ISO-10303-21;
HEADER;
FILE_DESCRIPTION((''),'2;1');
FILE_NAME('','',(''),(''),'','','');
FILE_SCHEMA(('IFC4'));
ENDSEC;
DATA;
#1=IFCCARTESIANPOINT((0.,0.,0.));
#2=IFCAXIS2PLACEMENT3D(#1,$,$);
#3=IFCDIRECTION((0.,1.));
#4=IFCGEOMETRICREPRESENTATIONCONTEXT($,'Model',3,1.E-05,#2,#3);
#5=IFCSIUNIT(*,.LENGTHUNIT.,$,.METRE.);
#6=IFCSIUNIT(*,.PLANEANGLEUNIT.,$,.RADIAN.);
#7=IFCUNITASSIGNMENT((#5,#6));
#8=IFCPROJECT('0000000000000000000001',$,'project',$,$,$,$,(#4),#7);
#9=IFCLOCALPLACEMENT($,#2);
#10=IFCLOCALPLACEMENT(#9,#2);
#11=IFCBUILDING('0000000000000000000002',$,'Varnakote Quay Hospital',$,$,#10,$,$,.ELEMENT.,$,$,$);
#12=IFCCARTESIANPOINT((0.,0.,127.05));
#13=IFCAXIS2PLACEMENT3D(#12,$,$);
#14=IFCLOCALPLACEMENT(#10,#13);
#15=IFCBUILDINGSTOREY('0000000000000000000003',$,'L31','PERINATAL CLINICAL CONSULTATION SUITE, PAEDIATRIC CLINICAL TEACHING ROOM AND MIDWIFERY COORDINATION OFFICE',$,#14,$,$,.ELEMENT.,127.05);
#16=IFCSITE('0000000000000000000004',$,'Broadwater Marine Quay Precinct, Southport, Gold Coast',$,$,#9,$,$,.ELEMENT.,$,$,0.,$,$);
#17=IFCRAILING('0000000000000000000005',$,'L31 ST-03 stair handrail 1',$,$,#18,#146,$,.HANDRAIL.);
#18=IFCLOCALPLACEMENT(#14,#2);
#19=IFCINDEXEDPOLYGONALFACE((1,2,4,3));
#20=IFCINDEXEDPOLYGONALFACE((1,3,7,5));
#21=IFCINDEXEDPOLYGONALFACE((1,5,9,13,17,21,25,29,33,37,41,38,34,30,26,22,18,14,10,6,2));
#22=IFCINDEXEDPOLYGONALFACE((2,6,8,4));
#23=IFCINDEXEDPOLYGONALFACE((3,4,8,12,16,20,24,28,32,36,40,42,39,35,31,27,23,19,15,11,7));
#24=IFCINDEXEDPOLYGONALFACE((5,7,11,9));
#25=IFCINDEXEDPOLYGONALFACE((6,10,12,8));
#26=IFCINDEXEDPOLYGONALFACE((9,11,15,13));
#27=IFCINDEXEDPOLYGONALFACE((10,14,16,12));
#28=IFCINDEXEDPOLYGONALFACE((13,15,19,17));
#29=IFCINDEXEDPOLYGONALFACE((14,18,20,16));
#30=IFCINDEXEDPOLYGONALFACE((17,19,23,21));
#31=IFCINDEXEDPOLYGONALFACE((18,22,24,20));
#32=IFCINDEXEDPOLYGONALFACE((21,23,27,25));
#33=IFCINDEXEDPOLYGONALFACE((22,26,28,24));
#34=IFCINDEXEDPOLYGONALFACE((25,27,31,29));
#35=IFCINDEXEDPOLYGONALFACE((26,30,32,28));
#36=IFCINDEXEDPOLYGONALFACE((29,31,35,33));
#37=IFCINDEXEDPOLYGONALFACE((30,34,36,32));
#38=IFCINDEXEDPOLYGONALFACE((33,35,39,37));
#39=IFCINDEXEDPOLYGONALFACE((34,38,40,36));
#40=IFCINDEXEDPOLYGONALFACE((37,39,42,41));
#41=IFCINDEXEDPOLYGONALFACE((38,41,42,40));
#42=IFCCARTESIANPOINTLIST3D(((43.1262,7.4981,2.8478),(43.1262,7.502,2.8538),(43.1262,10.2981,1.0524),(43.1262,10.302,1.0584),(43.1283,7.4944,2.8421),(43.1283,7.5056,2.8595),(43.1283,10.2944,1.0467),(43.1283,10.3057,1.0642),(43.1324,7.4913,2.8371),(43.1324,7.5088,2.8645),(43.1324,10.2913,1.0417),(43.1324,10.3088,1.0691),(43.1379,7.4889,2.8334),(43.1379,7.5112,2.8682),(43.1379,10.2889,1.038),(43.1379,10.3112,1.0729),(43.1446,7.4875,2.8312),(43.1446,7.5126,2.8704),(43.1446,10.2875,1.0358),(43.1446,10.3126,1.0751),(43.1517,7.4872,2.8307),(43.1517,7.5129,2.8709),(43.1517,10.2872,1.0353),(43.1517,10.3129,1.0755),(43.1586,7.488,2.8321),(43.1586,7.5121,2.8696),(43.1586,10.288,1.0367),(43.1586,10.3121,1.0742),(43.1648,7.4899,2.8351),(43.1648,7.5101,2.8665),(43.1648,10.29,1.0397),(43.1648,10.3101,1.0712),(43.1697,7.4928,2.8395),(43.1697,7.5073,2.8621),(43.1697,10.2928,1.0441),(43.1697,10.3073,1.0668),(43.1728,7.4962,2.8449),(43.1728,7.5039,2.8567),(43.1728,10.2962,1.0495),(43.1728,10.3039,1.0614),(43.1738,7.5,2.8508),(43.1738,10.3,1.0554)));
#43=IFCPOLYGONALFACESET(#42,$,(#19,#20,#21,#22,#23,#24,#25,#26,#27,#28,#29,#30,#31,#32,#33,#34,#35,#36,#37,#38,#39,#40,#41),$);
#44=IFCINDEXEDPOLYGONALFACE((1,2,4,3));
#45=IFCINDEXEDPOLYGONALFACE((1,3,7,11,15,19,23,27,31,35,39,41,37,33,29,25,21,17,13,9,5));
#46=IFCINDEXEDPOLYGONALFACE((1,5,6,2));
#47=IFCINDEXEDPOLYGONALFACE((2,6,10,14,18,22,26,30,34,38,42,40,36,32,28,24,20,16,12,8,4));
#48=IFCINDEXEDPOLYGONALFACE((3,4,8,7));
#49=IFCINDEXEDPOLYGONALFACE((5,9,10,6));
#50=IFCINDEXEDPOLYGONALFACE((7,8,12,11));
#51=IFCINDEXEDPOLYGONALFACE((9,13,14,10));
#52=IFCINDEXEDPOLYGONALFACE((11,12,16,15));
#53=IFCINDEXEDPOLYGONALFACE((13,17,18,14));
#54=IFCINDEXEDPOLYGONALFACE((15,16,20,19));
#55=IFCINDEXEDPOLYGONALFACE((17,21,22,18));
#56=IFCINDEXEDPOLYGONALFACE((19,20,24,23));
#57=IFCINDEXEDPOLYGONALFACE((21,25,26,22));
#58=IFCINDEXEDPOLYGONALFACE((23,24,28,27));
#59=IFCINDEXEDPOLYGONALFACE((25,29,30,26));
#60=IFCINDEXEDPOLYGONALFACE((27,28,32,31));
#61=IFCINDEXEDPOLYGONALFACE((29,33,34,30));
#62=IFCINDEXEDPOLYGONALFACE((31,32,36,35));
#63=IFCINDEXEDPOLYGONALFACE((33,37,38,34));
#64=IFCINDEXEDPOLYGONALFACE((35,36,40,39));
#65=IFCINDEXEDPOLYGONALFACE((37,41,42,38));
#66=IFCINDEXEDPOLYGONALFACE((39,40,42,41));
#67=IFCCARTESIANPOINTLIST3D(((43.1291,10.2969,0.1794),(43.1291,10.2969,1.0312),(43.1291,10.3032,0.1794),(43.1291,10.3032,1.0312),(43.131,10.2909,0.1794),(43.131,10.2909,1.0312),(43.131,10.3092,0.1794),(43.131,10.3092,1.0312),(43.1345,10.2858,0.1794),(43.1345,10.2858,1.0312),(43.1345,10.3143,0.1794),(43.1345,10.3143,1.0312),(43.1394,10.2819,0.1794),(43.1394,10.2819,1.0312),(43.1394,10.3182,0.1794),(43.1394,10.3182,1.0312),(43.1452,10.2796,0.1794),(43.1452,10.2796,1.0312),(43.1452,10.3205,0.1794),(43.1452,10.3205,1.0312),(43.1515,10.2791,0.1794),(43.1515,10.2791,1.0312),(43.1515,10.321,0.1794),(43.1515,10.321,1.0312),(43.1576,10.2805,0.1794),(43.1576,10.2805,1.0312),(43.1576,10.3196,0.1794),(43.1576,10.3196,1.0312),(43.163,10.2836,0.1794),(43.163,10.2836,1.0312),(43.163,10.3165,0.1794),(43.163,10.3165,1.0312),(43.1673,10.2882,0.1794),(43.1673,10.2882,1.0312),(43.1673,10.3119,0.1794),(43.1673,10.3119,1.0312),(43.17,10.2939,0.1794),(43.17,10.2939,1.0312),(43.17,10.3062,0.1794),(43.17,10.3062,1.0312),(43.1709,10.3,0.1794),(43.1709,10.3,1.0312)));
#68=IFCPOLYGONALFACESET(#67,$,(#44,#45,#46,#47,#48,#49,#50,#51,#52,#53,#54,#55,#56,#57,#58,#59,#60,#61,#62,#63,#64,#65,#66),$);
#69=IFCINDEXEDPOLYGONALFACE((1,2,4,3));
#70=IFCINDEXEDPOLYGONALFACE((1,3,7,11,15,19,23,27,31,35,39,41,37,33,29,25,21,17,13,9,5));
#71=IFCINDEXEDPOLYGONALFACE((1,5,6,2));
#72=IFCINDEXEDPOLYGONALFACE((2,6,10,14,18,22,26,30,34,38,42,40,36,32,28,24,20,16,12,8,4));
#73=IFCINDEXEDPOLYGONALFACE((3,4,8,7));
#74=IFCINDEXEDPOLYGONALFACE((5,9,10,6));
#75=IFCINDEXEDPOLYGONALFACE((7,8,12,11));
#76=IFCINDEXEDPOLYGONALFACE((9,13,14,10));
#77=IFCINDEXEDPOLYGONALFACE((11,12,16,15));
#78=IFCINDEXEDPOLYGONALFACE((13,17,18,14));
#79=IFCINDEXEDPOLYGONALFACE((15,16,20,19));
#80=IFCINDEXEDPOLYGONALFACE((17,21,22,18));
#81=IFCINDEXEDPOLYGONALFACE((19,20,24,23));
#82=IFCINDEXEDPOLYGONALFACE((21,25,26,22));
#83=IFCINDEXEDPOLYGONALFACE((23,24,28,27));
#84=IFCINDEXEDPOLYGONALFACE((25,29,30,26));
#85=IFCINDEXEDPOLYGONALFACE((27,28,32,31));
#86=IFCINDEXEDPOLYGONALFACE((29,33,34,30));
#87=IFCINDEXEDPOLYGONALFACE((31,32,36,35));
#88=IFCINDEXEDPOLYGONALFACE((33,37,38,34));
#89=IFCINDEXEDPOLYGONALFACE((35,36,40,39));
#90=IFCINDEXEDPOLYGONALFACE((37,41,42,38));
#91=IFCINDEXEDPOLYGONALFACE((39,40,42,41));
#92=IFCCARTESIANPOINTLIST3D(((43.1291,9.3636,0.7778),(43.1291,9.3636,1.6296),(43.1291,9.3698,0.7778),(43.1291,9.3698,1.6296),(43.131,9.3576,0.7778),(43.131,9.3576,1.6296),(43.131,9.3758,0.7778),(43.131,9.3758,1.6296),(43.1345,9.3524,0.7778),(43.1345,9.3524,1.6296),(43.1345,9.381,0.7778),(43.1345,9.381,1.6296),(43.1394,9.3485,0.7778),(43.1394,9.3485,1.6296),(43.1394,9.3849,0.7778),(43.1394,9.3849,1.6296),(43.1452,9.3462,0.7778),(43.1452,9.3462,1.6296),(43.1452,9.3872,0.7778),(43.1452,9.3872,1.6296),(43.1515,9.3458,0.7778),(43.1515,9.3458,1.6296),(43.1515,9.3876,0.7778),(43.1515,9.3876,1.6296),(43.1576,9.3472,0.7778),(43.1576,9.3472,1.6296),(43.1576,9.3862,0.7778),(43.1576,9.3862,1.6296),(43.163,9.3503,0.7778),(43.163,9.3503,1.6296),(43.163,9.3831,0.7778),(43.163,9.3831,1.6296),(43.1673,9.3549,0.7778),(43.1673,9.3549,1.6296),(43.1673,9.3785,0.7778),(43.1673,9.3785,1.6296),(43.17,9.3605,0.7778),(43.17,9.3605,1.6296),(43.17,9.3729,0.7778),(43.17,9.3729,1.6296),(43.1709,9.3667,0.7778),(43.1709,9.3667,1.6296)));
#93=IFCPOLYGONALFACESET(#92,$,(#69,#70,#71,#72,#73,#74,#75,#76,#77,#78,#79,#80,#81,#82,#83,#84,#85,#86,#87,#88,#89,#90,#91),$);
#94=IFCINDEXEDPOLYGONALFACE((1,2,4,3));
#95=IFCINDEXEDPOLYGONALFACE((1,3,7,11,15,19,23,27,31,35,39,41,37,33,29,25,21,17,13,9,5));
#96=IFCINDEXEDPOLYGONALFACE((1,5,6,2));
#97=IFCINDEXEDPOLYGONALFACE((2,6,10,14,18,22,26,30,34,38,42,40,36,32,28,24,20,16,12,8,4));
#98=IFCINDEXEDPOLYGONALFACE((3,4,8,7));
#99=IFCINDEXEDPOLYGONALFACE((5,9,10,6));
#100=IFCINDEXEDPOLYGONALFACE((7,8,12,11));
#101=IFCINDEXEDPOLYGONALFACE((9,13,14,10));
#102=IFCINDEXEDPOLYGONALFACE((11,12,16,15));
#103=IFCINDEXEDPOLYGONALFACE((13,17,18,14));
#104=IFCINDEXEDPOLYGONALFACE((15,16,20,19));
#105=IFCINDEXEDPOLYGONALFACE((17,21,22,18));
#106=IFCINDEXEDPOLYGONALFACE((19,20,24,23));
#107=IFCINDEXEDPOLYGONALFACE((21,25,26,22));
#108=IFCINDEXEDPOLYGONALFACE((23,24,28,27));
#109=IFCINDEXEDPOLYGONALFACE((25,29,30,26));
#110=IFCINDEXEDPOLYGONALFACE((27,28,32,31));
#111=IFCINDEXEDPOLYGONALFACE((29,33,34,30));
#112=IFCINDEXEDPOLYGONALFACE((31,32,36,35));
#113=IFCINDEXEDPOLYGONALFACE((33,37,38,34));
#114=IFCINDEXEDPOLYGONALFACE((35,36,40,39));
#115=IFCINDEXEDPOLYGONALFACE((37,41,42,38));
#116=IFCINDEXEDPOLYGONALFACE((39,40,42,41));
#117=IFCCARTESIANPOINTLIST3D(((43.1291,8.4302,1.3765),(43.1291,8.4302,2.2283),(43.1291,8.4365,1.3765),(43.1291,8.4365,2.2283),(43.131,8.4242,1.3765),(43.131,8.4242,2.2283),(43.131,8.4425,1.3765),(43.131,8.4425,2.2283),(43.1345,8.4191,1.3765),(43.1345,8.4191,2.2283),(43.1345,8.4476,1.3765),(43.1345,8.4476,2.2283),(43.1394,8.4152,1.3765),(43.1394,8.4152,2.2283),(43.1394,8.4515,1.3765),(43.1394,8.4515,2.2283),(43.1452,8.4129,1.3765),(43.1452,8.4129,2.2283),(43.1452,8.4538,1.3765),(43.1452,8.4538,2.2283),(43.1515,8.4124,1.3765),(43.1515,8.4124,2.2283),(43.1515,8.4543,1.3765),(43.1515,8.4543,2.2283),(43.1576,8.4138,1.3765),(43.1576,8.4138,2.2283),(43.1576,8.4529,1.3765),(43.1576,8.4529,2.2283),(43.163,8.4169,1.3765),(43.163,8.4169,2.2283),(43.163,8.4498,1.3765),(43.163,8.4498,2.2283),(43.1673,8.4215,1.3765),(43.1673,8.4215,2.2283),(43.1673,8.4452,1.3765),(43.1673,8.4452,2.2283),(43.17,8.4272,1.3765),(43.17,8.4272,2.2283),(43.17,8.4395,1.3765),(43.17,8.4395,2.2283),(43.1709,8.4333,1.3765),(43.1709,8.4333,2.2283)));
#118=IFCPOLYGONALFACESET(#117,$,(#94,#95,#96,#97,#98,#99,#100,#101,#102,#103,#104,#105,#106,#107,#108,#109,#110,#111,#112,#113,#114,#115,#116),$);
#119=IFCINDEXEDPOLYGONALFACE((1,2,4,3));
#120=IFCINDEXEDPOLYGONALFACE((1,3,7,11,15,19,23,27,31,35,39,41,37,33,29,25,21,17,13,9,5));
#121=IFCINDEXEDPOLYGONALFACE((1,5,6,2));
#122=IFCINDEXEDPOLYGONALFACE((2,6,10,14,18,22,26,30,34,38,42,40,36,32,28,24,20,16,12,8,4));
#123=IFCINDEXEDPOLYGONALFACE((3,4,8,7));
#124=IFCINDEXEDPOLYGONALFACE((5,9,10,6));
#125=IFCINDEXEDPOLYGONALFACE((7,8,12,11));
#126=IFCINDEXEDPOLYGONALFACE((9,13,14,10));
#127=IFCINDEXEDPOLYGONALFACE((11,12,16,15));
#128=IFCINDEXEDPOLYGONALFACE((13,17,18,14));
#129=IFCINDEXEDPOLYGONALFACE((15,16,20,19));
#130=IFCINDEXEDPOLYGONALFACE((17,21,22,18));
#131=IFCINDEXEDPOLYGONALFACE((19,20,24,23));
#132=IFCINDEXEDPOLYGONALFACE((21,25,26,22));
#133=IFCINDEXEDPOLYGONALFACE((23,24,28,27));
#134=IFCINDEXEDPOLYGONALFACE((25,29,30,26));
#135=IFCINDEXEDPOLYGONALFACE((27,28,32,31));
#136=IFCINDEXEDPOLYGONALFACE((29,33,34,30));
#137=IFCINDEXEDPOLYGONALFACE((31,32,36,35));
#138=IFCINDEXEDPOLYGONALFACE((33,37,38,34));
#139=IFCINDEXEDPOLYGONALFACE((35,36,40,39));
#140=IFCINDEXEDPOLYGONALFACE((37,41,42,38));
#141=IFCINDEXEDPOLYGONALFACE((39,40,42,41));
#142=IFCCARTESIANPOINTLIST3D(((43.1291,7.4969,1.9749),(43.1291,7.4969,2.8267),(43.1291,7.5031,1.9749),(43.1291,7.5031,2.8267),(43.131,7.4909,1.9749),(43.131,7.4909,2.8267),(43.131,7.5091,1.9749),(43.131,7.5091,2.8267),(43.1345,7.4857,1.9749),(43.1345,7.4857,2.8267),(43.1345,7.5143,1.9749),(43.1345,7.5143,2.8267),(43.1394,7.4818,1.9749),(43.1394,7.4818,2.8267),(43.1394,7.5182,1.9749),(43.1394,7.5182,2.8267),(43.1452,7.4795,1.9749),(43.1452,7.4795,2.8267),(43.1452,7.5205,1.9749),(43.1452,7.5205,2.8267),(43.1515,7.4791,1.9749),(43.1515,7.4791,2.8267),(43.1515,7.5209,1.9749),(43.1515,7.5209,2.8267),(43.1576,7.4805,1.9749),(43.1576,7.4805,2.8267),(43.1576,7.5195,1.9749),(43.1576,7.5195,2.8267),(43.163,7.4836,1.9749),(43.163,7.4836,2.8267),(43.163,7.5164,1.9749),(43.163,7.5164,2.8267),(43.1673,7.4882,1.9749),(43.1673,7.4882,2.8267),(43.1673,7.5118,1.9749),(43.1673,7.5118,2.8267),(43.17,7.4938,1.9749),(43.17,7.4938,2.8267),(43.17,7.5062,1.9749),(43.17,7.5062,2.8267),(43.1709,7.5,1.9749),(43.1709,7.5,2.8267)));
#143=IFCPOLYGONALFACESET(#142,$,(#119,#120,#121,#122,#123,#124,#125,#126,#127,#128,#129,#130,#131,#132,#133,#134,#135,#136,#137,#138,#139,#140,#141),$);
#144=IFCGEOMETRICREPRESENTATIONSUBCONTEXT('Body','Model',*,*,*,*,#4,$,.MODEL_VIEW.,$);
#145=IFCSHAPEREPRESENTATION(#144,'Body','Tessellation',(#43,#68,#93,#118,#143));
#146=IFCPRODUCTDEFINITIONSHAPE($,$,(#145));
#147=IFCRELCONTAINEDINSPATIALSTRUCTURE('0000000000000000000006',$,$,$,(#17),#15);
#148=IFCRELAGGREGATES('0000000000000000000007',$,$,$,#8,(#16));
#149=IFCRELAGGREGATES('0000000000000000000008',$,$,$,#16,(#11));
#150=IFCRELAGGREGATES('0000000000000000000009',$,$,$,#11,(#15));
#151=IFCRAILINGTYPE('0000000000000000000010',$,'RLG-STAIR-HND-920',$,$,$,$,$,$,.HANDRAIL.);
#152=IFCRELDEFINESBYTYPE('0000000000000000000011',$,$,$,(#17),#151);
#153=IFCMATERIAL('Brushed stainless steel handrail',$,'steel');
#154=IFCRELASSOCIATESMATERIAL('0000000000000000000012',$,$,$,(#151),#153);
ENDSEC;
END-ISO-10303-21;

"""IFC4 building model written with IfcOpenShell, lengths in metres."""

from ifc_helpers import new_model, si_unit, direction, frame, origin, origin_2d, place, context, subcontext, project, spatial, circle, extrude, material, type_object, element, save


model = new_model("IFC4")

# Units and contexts
model_context = context("Model", 3, precision=1e-05, world=origin(), true_north=direction((0.0, 1.0)))
body_context = subcontext(model_context, "Body", "Model", "MODEL_VIEW")
ifc_project = project(units=[si_unit("LENGTHUNIT", "METRE"), si_unit("PLANEANGLEUNIT", "RADIAN")], contexts=[model_context])

# Site, building, storey
site_placement = place(None, origin())
site = spatial("IfcSite", under=ifc_project, at=site_placement, Name="Broadwater Marine Quay Precinct, Southport, Gold Coast", CompositionType="ELEMENT", RefElevation=0.0)
building_placement = place(site_placement, origin())
building = spatial("IfcBuilding", under=site, at=building_placement, Name="Varnakote Quay Hospital", CompositionType="ELEMENT")
storey_placement = place(building_placement, frame((0.0, 0.0, 127.05)))
storey = spatial("IfcBuildingStorey", under=building, at=storey_placement, Name="L31", Description="PERINATAL CLINICAL CONSULTATION SUITE, PAEDIATRIC CLINICAL TEACHING ROOM AND MIDWIFERY COORDINATION OFFICE", CompositionType="ELEMENT", Elevation=127.05)

# Railing
ifc_material_1 = material(Name="Brushed stainless steel handrail", Category="steel")
railing_type_1 = type_object("IfcRailingType", Name="RLG-STAIR-HND-920", PredefinedType="HANDRAIL", material=ifc_material_1)
railing_1_placement = place(storey_placement, frame((43.1499, 10.3, 0.1794)))
element("IfcRailing", 1, at=railing_1_placement, inside=storey, type_object=railing_type_1, Name="L31 ST-03 stair handrail 1", PredefinedType="HANDRAIL", context=body_context, shape_type="SweptSolid", body=[
    extrude(circle(Radius=0.0239, at=origin_2d()), frame((0.0, 0.0, 0.876), z_axis=(0.0, -0.84181, 0.539774), x_axis=(1.0, 0.0, 0.0)), (0.0, 0.0, 1.0), 3.3262),
    extrude(circle(Radius=0.021, at=origin_2d()), origin(), (0.0, 0.0, 1.0), 0.8518),
    extrude(circle(Radius=0.021, at=origin_2d()), frame((0.0, -0.9333, 0.5984)), (0.0, 0.0, 1.0), 0.8518),
    extrude(circle(Radius=0.021, at=origin_2d()), frame((0.0, -1.8667, 1.197)), (0.0, 0.0, 1.0), 0.8518),
    extrude(circle(Radius=0.021, at=origin_2d()), frame((0.0, -2.8, 1.7954)), (0.0, 0.0, 1.0), 0.8518),
])

save(model, "model.ifc")
